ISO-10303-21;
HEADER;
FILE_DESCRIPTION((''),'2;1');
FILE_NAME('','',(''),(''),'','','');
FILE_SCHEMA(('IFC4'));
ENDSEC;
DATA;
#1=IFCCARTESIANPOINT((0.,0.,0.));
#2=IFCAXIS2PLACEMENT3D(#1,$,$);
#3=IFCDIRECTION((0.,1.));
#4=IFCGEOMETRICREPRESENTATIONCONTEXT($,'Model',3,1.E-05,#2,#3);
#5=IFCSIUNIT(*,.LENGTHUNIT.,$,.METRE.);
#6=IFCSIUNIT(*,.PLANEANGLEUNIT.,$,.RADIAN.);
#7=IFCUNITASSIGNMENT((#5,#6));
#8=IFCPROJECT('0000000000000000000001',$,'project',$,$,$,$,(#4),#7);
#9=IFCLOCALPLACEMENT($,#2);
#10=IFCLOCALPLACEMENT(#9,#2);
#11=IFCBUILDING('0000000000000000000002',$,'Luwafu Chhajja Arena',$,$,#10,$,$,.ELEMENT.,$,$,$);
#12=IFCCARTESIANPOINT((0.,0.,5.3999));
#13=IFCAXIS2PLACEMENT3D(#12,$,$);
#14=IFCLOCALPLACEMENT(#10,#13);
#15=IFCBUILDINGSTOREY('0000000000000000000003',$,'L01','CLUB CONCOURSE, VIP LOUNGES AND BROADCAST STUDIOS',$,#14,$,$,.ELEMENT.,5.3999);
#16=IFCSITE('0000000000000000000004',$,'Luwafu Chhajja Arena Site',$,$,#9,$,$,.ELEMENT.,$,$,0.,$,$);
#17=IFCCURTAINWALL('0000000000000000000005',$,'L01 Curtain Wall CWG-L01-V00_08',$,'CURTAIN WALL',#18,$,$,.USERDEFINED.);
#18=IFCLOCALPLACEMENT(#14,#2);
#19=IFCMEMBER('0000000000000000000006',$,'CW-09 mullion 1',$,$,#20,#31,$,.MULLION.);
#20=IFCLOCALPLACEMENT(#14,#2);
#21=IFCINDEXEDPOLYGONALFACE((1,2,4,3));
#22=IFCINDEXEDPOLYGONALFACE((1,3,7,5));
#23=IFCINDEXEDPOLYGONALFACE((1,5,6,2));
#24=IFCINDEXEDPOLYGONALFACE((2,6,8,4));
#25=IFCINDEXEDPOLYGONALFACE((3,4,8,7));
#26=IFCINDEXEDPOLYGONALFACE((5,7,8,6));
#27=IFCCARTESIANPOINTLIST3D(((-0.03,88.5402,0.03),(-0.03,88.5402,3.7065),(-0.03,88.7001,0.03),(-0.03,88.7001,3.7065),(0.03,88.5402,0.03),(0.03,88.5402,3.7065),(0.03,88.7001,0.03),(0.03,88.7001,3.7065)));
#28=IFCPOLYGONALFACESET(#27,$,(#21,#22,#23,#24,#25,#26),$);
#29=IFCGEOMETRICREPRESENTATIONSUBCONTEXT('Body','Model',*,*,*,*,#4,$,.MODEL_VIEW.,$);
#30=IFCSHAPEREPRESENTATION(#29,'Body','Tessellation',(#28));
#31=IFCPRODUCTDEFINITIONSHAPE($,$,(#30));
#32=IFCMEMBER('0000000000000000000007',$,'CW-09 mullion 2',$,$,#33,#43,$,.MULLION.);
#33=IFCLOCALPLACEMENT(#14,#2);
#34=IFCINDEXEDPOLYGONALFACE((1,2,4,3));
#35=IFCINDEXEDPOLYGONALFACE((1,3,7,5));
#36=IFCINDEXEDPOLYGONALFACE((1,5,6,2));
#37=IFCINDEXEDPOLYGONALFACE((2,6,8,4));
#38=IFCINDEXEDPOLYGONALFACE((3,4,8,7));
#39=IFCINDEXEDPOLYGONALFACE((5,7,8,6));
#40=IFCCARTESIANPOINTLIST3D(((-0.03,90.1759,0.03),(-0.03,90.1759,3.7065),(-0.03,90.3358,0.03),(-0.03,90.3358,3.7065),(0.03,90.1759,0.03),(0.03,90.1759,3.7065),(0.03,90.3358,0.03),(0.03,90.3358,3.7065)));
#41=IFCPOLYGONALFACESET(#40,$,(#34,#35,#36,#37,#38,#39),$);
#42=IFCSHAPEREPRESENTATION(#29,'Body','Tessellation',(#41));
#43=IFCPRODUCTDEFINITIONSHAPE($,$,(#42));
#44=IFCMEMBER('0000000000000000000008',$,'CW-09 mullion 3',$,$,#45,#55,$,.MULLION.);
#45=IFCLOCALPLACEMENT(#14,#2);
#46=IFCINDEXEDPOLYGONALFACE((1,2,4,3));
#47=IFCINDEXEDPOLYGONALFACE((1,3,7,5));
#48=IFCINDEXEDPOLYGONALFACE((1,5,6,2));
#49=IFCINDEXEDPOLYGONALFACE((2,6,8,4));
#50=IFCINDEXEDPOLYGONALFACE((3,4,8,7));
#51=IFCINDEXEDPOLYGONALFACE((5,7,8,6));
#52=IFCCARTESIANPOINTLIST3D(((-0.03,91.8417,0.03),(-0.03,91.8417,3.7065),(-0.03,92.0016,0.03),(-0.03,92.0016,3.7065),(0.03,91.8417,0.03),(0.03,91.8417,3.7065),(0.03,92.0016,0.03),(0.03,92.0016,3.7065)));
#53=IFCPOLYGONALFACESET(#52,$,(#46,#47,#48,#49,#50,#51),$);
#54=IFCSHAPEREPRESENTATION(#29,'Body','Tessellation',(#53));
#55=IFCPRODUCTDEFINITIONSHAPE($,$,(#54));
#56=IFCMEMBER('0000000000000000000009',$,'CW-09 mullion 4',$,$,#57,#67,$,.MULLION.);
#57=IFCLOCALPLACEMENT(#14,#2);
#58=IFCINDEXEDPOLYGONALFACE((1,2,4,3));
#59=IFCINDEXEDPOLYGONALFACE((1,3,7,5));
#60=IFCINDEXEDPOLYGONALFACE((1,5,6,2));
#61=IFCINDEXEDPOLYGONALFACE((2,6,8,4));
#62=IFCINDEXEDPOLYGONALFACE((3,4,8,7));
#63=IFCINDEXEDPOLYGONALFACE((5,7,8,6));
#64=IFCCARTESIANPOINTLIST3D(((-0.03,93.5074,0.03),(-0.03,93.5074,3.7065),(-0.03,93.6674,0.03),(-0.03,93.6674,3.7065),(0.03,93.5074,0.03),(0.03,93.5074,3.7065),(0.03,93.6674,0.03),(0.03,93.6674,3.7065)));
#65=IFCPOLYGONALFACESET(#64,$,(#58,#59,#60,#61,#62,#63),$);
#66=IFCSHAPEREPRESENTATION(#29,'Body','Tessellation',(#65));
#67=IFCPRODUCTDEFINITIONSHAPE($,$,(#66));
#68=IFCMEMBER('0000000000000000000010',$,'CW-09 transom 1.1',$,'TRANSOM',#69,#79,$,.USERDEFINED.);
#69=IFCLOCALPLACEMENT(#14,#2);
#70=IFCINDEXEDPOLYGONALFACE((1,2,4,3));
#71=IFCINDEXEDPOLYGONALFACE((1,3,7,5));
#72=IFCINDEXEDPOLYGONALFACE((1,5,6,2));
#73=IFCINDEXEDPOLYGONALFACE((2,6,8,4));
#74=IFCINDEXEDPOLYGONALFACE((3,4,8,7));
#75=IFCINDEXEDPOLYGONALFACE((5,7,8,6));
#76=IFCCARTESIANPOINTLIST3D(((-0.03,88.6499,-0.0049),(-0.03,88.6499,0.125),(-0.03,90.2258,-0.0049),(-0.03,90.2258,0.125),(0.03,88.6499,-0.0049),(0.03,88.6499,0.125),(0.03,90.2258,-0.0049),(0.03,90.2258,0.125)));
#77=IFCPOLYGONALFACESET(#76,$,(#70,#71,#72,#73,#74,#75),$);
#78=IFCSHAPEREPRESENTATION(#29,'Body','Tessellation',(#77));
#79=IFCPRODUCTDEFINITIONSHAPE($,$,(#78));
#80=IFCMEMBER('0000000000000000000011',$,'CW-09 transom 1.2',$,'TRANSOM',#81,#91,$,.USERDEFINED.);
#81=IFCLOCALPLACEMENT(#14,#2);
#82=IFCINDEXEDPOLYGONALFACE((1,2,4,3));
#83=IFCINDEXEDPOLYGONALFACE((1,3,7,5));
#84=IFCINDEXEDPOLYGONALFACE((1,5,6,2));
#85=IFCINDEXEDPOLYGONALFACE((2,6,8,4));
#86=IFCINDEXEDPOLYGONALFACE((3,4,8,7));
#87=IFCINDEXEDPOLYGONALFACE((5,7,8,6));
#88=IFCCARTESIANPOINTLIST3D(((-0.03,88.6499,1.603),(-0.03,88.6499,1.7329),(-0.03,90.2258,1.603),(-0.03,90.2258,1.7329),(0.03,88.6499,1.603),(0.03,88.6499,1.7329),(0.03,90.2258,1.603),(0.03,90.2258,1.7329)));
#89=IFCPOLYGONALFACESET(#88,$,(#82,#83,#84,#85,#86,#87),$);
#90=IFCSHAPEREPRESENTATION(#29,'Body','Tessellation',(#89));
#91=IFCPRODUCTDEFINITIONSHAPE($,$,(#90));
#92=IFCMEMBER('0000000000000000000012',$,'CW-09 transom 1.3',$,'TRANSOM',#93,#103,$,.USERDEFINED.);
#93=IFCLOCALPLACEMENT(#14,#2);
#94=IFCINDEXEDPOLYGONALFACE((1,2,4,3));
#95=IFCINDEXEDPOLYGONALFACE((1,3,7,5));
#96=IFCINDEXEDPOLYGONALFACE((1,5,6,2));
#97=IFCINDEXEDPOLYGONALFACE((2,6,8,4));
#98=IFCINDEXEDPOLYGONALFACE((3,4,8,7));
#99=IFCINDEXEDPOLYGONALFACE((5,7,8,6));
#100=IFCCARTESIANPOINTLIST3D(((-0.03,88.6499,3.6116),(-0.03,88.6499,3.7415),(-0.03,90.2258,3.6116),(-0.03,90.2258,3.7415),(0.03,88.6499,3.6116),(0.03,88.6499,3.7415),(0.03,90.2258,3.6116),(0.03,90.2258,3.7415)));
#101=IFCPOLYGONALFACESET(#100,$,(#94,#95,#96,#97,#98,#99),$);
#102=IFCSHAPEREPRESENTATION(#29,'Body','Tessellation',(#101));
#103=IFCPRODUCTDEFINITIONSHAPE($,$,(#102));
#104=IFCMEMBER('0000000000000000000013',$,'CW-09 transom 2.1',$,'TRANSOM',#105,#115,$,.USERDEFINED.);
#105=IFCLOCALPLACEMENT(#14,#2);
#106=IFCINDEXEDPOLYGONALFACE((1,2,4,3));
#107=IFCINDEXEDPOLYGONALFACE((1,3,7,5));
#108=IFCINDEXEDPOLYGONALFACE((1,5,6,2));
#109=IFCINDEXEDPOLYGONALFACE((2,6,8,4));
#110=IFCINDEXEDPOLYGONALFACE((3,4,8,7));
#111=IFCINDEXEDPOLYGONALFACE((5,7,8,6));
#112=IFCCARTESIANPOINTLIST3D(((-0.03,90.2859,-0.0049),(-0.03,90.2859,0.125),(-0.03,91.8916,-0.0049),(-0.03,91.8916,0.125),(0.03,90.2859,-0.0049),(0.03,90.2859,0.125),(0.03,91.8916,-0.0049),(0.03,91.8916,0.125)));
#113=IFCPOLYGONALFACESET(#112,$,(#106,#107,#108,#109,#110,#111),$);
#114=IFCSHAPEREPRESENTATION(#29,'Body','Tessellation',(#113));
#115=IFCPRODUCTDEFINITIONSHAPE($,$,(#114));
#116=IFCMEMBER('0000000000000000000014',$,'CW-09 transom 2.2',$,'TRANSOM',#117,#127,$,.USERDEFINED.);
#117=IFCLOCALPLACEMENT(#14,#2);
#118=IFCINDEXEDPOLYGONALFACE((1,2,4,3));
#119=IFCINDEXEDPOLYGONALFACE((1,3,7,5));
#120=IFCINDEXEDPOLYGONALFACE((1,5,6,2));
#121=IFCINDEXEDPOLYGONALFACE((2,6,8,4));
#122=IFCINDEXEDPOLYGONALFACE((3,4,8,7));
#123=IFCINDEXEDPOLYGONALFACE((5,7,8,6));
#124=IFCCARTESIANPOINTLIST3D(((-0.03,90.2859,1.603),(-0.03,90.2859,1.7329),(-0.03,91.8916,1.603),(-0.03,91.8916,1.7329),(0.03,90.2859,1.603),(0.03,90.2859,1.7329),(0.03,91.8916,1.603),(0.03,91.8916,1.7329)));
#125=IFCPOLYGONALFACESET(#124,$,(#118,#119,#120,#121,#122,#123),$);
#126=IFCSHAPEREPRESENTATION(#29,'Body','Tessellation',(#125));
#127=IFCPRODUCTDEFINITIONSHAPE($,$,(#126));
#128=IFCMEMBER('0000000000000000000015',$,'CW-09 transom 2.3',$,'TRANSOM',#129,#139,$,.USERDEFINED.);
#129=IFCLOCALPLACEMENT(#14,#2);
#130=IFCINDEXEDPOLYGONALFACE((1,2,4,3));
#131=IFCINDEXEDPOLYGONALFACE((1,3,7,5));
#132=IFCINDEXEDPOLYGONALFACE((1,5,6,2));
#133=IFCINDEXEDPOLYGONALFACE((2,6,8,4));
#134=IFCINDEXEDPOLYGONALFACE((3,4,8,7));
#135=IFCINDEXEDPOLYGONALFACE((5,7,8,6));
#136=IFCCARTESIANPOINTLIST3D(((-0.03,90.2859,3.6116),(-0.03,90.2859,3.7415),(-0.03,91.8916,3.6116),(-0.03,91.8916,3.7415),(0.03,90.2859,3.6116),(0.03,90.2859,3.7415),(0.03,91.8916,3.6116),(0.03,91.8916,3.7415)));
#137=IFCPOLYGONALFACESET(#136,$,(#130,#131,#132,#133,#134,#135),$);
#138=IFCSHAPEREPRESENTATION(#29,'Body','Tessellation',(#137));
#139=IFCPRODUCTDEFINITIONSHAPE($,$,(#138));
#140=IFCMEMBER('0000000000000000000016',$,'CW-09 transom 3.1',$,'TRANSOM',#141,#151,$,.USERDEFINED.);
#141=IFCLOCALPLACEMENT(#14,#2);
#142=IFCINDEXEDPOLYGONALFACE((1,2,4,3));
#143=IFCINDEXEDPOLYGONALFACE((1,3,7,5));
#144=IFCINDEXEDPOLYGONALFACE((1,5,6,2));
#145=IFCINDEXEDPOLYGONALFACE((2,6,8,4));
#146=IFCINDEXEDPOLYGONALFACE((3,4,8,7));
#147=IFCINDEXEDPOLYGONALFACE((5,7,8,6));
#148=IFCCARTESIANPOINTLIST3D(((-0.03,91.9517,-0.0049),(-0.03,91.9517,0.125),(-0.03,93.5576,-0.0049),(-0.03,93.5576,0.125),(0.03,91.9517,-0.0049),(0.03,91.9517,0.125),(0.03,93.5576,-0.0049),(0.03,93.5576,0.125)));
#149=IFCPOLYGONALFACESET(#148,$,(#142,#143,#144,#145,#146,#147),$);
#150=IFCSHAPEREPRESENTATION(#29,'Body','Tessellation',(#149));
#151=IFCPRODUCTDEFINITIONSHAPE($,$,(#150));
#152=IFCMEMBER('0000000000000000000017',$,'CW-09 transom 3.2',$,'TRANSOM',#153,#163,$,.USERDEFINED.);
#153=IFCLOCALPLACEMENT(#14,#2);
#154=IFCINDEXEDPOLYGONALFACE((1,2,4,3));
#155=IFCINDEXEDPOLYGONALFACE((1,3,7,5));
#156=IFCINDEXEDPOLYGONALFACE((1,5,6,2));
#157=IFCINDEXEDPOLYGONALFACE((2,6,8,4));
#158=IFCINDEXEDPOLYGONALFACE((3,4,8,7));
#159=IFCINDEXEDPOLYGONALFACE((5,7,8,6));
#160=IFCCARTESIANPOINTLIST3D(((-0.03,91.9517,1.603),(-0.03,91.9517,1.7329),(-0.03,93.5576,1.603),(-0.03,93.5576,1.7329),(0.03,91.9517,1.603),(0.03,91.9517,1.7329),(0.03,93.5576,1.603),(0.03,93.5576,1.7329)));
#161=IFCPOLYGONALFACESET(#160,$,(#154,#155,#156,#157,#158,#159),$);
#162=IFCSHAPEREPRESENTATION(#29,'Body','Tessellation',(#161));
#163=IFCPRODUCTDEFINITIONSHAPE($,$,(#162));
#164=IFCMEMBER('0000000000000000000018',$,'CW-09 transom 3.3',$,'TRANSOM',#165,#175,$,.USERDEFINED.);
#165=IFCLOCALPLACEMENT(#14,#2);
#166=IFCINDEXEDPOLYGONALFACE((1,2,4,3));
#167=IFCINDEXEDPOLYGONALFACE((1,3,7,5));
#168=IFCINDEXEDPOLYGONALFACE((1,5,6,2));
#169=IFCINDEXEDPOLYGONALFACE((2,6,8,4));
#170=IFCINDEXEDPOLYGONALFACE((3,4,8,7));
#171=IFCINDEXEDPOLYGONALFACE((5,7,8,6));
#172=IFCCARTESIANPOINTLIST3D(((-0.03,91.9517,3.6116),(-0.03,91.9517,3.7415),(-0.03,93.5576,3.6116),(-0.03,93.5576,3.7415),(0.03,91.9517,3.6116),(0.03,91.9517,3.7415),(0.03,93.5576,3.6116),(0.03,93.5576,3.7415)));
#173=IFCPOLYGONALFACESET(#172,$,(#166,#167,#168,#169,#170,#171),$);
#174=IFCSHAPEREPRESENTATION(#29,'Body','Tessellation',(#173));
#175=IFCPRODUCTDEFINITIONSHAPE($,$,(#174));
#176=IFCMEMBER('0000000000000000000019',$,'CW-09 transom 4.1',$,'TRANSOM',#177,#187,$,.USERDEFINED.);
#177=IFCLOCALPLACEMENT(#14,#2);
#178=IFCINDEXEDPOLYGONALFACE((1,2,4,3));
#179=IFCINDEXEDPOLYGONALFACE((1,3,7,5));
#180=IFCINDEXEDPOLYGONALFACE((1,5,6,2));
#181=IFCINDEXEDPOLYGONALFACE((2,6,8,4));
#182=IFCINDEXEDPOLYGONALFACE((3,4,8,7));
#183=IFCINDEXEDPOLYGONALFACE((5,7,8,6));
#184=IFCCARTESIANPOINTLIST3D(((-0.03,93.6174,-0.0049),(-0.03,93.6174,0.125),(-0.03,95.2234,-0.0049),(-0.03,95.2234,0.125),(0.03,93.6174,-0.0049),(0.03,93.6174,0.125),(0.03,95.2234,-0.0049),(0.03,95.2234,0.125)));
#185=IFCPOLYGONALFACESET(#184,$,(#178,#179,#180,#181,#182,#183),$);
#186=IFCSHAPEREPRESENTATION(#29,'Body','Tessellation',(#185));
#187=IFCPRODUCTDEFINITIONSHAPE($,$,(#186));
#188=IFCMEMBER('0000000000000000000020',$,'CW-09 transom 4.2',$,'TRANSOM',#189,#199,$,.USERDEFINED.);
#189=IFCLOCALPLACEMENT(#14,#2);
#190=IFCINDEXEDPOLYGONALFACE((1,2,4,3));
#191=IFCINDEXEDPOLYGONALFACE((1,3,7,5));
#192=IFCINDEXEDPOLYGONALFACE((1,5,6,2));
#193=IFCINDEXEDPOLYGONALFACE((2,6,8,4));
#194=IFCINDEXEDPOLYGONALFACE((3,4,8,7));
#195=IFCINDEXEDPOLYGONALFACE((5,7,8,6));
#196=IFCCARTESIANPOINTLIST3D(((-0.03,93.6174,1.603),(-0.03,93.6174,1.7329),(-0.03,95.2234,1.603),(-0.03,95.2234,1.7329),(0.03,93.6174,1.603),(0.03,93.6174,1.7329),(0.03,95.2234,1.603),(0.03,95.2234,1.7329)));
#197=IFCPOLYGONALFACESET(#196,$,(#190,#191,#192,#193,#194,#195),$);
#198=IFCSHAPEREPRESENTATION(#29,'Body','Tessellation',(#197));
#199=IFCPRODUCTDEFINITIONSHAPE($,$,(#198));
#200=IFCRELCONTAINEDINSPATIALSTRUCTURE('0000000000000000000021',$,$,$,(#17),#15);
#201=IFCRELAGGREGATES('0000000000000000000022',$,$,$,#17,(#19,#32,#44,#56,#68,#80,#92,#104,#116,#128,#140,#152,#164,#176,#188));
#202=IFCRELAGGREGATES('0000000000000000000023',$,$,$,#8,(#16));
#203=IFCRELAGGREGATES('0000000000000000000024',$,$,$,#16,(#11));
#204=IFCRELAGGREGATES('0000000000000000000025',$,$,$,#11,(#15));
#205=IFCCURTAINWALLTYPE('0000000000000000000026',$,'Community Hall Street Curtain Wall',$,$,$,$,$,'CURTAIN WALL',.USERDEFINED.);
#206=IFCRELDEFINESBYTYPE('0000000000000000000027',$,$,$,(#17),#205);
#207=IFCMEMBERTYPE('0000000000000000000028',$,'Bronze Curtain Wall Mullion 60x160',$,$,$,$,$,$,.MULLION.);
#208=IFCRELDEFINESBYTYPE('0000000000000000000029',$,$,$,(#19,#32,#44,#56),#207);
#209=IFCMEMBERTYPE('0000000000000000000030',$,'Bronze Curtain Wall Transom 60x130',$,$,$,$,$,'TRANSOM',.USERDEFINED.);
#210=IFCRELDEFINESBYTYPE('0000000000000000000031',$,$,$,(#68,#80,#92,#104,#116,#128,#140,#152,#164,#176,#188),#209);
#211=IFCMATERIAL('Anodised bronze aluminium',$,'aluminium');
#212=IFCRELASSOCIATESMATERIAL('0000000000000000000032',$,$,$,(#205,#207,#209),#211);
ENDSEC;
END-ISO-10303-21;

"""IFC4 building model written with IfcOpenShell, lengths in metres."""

from ifc_helpers import new_model, si_unit, direction, frame, origin, origin_2d, place, context, subcontext, project, spatial, rectangle, extrude, material, material_profile, profile_set, type_object, element, aggregate, save


model = new_model("IFC4")

# Units and contexts
model_context = context("Model", 3, precision=1e-05, world=origin(), true_north=direction((0.0, 1.0)))
body_context = subcontext(model_context, "Body", "Model", "MODEL_VIEW")
ifc_project = project(units=[si_unit("LENGTHUNIT", "METRE"), si_unit("PLANEANGLEUNIT", "RADIAN")], contexts=[model_context])

# Site, building, storey
site_placement = place(None, origin())
site = spatial("IfcSite", under=ifc_project, at=site_placement, Name="Luwafu Chhajja Arena Site", CompositionType="ELEMENT", RefElevation=0.0)
building_placement = place(site_placement, origin())
building = spatial("IfcBuilding", under=site, at=building_placement, Name="Luwafu Chhajja Arena", CompositionType="ELEMENT")
storey_placement = place(building_placement, frame((0.0, 0.0, 5.3999)))
storey = spatial("IfcBuildingStorey", under=building, at=storey_placement, Name="L01", Description="CLUB CONCOURSE, VIP LOUNGES AND BROADCAST STUDIOS", CompositionType="ELEMENT", Elevation=5.3999)

# Curtain wall, members
ifc_material_1 = material(Name="Anodised bronze aluminium", Category="aluminium")
curtain_wall_type = type_object("IfcCurtainWallType", Name="Community Hall Street Curtain Wall", ElementType="CURTAIN WALL", PredefinedType="USERDEFINED", material=ifc_material_1)
curtain_wall_placement = place(storey_placement, origin())
curtain_wall = element("IfcCurtainWall", 1, at=curtain_wall_placement, inside=storey, type_object=curtain_wall_type, Name="L01 Curtain Wall CWG-L01-V00_08", ObjectType="CURTAIN WALL", PredefinedType="USERDEFINED")
ifc_material_profile_1 = material_profile(ifc_material_1, rectangle(XDim=0.0601, YDim=0.1599, at=origin_2d()), Name="CWM 60x160")
ifc_profile_set_1 = profile_set([ifc_material_profile_1], Name="Anodised bronze aluminium")
member_type_1 = type_object("IfcMemberType", Name="Bronze Curtain Wall Mullion 60x160", PredefinedType="MULLION", material=ifc_profile_set_1)
member_1_placement = place(storey_placement, frame((0.0, 88.6201, 0.03), z_axis=(0.0, 0.0, 1.0), x_axis=(-1.0, 0.0, 0.0)))
member_1 = element("IfcMember", 2, at=member_1_placement, type_object=member_type_1, Name="CW-09 mullion 1", PredefinedType="MULLION", context=body_context, shape_type="SweptSolid", body=[
    extrude(rectangle(XDim=0.0601, YDim=0.1599, at=origin_2d()), origin(), (0.0, 0.0, 1.0), 3.6765),
])
member_2_placement = place(storey_placement, frame((0.0, 90.2559, 0.03), z_axis=(0.0, 0.0, 1.0), x_axis=(-1.0, 0.0, 0.0)))
member_2 = element("IfcMember", 3, at=member_2_placement, type_object=member_type_1, Name="CW-09 mullion 2", PredefinedType="MULLION", context=body_context, shape_type="SweptSolid", body=[
    extrude(rectangle(XDim=0.0601, YDim=0.1599, at=origin_2d()), origin(), (0.0, 0.0, 1.0), 3.6765),
])
member_3_placement = place(storey_placement, frame((0.0, 91.9216, 0.03), z_axis=(0.0, 0.0, 1.0), x_axis=(-1.0, 0.0, 0.0)))
member_3 = element("IfcMember", 4, at=member_3_placement, type_object=member_type_1, Name="CW-09 mullion 3", PredefinedType="MULLION", context=body_context, shape_type="SweptSolid", body=[
    extrude(rectangle(XDim=0.0601, YDim=0.1599, at=origin_2d()), origin(), (0.0, 0.0, 1.0), 3.6765),
])
member_4_placement = place(storey_placement, frame((0.0, 93.5874, 0.03), z_axis=(0.0, 0.0, 1.0), x_axis=(-1.0, 0.0, 0.0)))
member_4 = element("IfcMember", 5, at=member_4_placement, type_object=member_type_1, Name="CW-09 mullion 4", PredefinedType="MULLION", context=body_context, shape_type="SweptSolid", body=[
    extrude(rectangle(XDim=0.0601, YDim=0.1599, at=origin_2d()), origin(), (0.0, 0.0, 1.0), 3.6765),
])
ifc_material_profile_2 = material_profile(ifc_material_1, rectangle(XDim=0.0601, YDim=0.1299, at=origin_2d()), Name="CWT 60x130")
ifc_profile_set_2 = profile_set([ifc_material_profile_2], Name="Anodised bronze aluminium")
member_type_2 = type_object("IfcMemberType", Name="Bronze Curtain Wall Transom 60x130", ElementType="TRANSOM", PredefinedType="USERDEFINED", material=ifc_profile_set_2)
member_5_placement = place(storey_placement, frame((0.0, 88.6499, 0.0601), z_axis=(0.0, 1.0, 0.0), x_axis=(-1.0, 0.0, 0.0)))
member_5 = element("IfcMember", 6, at=member_5_placement, type_object=member_type_2, Name="CW-09 transom 1.1", ObjectType="TRANSOM", PredefinedType="USERDEFINED", context=body_context, shape_type="SweptSolid", body=[
    extrude(rectangle(XDim=0.0601, YDim=0.1299, at=origin_2d()), origin(), (0.0, 0.0, 1.0), 1.5759),
])
member_6_placement = place(storey_placement, frame((0.0, 88.6499, 1.668), z_axis=(0.0, 1.0, 0.0), x_axis=(-1.0, 0.0, 0.0)))
member_6 = element("IfcMember", 7, at=member_6_placement, type_object=member_type_2, Name="CW-09 transom 1.2", ObjectType="TRANSOM", PredefinedType="USERDEFINED", context=body_context, shape_type="SweptSolid", body=[
    extrude(rectangle(XDim=0.0601, YDim=0.1299, at=origin_2d()), origin(), (0.0, 0.0, 1.0), 1.5759),
])
member_7_placement = place(storey_placement, frame((0.0, 88.6499, 3.6765), z_axis=(0.0, 1.0, 0.0), x_axis=(-1.0, 0.0, 0.0)))
member_7 = element("IfcMember", 8, at=member_7_placement, type_object=member_type_2, Name="CW-09 transom 1.3", ObjectType="TRANSOM", PredefinedType="USERDEFINED", context=body_context, shape_type="SweptSolid", body=[
    extrude(rectangle(XDim=0.0601, YDim=0.1299, at=origin_2d()), origin(), (0.0, 0.0, 1.0), 1.5759),
])
member_8_placement = place(storey_placement, frame((0.0, 90.2859, 0.0601), z_axis=(0.0, 1.0, 0.0), x_axis=(-1.0, 0.0, 0.0)))
member_8 = element("IfcMember", 9, at=member_8_placement, type_object=member_type_2, Name="CW-09 transom 2.1", ObjectType="TRANSOM", PredefinedType="USERDEFINED", context=body_context, shape_type="SweptSolid", body=[
    extrude(rectangle(XDim=0.0601, YDim=0.1299, at=origin_2d()), origin(), (0.0, 0.0, 1.0), 1.6057),
])
member_9_placement = place(storey_placement, frame((0.0, 90.2859, 1.668), z_axis=(0.0, 1.0, 0.0), x_axis=(-1.0, 0.0, 0.0)))
member_9 = element("IfcMember", 10, at=member_9_placement, type_object=member_type_2, Name="CW-09 transom 2.2", ObjectType="TRANSOM", PredefinedType="USERDEFINED", context=body_context, shape_type="SweptSolid", body=[
    extrude(rectangle(XDim=0.0601, YDim=0.1299, at=origin_2d()), origin(), (0.0, 0.0, 1.0), 1.6057),
])
member_10_placement = place(storey_placement, frame((0.0, 90.2859, 3.6765), z_axis=(0.0, 1.0, 0.0), x_axis=(-1.0, 0.0, 0.0)))
member_10 = element("IfcMember", 11, at=member_10_placement, type_object=member_type_2, Name="CW-09 transom 2.3", ObjectType="TRANSOM", PredefinedType="USERDEFINED", context=body_context, shape_type="SweptSolid", body=[
    extrude(rectangle(XDim=0.0601, YDim=0.1299, at=origin_2d()), origin(), (0.0, 0.0, 1.0), 1.6057),
])
member_11_placement = place(storey_placement, frame((0.0, 91.9517, 0.0601), z_axis=(0.0, 1.0, 0.0), x_axis=(-1.0, 0.0, 0.0)))
member_11 = element("IfcMember", 12, at=member_11_placement, type_object=member_type_2, Name="CW-09 transom 3.1", ObjectType="TRANSOM", PredefinedType="USERDEFINED", context=body_context, shape_type="SweptSolid", body=[
    extrude(rectangle(XDim=0.0601, YDim=0.1299, at=origin_2d()), origin(), (0.0, 0.0, 1.0), 1.606),
])
member_12_placement = place(storey_placement, frame((0.0, 91.9517, 1.668), z_axis=(0.0, 1.0, 0.0), x_axis=(-1.0, 0.0, 0.0)))
member_12 = element("IfcMember", 13, at=member_12_placement, type_object=member_type_2, Name="CW-09 transom 3.2", ObjectType="TRANSOM", PredefinedType="USERDEFINED", context=body_context, shape_type="SweptSolid", body=[
    extrude(rectangle(XDim=0.0601, YDim=0.1299, at=origin_2d()), origin(), (0.0, 0.0, 1.0), 1.606),
])
member_13_placement = place(storey_placement, frame((0.0, 91.9517, 3.6765), z_axis=(0.0, 1.0, 0.0), x_axis=(-1.0, 0.0, 0.0)))
member_13 = element("IfcMember", 14, at=member_13_placement, type_object=member_type_2, Name="CW-09 transom 3.3", ObjectType="TRANSOM", PredefinedType="USERDEFINED", context=body_context, shape_type="SweptSolid", body=[
    extrude(rectangle(XDim=0.0601, YDim=0.1299, at=origin_2d()), origin(), (0.0, 0.0, 1.0), 1.606),
])
member_14_placement = place(storey_placement, frame((0.0, 93.6174, 0.0601), z_axis=(0.0, 1.0, 0.0), x_axis=(-1.0, 0.0, 0.0)))
member_14 = element("IfcMember", 15, at=member_14_placement, type_object=member_type_2, Name="CW-09 transom 4.1", ObjectType="TRANSOM", PredefinedType="USERDEFINED", context=body_context, shape_type="SweptSolid", body=[
    extrude(rectangle(XDim=0.0601, YDim=0.1299, at=origin_2d()), origin(), (0.0, 0.0, 1.0), 1.606),
])
member_15_placement = place(storey_placement, frame((0.0, 93.6174, 1.668), z_axis=(0.0, 1.0, 0.0), x_axis=(-1.0, 0.0, 0.0)))
member_15 = element("IfcMember", 16, at=member_15_placement, type_object=member_type_2, Name="CW-09 transom 4.2", ObjectType="TRANSOM", PredefinedType="USERDEFINED", context=body_context, shape_type="SweptSolid", body=[
    extrude(rectangle(XDim=0.0601, YDim=0.1299, at=origin_2d()), origin(), (0.0, 0.0, 1.0), 1.606),
])
aggregate(curtain_wall, [member_1, member_2, member_3, member_4, member_5, member_6, member_7, member_8, member_9, member_10, member_11, member_12, member_13, member_14, member_15])

save(model, "model.ifc")
